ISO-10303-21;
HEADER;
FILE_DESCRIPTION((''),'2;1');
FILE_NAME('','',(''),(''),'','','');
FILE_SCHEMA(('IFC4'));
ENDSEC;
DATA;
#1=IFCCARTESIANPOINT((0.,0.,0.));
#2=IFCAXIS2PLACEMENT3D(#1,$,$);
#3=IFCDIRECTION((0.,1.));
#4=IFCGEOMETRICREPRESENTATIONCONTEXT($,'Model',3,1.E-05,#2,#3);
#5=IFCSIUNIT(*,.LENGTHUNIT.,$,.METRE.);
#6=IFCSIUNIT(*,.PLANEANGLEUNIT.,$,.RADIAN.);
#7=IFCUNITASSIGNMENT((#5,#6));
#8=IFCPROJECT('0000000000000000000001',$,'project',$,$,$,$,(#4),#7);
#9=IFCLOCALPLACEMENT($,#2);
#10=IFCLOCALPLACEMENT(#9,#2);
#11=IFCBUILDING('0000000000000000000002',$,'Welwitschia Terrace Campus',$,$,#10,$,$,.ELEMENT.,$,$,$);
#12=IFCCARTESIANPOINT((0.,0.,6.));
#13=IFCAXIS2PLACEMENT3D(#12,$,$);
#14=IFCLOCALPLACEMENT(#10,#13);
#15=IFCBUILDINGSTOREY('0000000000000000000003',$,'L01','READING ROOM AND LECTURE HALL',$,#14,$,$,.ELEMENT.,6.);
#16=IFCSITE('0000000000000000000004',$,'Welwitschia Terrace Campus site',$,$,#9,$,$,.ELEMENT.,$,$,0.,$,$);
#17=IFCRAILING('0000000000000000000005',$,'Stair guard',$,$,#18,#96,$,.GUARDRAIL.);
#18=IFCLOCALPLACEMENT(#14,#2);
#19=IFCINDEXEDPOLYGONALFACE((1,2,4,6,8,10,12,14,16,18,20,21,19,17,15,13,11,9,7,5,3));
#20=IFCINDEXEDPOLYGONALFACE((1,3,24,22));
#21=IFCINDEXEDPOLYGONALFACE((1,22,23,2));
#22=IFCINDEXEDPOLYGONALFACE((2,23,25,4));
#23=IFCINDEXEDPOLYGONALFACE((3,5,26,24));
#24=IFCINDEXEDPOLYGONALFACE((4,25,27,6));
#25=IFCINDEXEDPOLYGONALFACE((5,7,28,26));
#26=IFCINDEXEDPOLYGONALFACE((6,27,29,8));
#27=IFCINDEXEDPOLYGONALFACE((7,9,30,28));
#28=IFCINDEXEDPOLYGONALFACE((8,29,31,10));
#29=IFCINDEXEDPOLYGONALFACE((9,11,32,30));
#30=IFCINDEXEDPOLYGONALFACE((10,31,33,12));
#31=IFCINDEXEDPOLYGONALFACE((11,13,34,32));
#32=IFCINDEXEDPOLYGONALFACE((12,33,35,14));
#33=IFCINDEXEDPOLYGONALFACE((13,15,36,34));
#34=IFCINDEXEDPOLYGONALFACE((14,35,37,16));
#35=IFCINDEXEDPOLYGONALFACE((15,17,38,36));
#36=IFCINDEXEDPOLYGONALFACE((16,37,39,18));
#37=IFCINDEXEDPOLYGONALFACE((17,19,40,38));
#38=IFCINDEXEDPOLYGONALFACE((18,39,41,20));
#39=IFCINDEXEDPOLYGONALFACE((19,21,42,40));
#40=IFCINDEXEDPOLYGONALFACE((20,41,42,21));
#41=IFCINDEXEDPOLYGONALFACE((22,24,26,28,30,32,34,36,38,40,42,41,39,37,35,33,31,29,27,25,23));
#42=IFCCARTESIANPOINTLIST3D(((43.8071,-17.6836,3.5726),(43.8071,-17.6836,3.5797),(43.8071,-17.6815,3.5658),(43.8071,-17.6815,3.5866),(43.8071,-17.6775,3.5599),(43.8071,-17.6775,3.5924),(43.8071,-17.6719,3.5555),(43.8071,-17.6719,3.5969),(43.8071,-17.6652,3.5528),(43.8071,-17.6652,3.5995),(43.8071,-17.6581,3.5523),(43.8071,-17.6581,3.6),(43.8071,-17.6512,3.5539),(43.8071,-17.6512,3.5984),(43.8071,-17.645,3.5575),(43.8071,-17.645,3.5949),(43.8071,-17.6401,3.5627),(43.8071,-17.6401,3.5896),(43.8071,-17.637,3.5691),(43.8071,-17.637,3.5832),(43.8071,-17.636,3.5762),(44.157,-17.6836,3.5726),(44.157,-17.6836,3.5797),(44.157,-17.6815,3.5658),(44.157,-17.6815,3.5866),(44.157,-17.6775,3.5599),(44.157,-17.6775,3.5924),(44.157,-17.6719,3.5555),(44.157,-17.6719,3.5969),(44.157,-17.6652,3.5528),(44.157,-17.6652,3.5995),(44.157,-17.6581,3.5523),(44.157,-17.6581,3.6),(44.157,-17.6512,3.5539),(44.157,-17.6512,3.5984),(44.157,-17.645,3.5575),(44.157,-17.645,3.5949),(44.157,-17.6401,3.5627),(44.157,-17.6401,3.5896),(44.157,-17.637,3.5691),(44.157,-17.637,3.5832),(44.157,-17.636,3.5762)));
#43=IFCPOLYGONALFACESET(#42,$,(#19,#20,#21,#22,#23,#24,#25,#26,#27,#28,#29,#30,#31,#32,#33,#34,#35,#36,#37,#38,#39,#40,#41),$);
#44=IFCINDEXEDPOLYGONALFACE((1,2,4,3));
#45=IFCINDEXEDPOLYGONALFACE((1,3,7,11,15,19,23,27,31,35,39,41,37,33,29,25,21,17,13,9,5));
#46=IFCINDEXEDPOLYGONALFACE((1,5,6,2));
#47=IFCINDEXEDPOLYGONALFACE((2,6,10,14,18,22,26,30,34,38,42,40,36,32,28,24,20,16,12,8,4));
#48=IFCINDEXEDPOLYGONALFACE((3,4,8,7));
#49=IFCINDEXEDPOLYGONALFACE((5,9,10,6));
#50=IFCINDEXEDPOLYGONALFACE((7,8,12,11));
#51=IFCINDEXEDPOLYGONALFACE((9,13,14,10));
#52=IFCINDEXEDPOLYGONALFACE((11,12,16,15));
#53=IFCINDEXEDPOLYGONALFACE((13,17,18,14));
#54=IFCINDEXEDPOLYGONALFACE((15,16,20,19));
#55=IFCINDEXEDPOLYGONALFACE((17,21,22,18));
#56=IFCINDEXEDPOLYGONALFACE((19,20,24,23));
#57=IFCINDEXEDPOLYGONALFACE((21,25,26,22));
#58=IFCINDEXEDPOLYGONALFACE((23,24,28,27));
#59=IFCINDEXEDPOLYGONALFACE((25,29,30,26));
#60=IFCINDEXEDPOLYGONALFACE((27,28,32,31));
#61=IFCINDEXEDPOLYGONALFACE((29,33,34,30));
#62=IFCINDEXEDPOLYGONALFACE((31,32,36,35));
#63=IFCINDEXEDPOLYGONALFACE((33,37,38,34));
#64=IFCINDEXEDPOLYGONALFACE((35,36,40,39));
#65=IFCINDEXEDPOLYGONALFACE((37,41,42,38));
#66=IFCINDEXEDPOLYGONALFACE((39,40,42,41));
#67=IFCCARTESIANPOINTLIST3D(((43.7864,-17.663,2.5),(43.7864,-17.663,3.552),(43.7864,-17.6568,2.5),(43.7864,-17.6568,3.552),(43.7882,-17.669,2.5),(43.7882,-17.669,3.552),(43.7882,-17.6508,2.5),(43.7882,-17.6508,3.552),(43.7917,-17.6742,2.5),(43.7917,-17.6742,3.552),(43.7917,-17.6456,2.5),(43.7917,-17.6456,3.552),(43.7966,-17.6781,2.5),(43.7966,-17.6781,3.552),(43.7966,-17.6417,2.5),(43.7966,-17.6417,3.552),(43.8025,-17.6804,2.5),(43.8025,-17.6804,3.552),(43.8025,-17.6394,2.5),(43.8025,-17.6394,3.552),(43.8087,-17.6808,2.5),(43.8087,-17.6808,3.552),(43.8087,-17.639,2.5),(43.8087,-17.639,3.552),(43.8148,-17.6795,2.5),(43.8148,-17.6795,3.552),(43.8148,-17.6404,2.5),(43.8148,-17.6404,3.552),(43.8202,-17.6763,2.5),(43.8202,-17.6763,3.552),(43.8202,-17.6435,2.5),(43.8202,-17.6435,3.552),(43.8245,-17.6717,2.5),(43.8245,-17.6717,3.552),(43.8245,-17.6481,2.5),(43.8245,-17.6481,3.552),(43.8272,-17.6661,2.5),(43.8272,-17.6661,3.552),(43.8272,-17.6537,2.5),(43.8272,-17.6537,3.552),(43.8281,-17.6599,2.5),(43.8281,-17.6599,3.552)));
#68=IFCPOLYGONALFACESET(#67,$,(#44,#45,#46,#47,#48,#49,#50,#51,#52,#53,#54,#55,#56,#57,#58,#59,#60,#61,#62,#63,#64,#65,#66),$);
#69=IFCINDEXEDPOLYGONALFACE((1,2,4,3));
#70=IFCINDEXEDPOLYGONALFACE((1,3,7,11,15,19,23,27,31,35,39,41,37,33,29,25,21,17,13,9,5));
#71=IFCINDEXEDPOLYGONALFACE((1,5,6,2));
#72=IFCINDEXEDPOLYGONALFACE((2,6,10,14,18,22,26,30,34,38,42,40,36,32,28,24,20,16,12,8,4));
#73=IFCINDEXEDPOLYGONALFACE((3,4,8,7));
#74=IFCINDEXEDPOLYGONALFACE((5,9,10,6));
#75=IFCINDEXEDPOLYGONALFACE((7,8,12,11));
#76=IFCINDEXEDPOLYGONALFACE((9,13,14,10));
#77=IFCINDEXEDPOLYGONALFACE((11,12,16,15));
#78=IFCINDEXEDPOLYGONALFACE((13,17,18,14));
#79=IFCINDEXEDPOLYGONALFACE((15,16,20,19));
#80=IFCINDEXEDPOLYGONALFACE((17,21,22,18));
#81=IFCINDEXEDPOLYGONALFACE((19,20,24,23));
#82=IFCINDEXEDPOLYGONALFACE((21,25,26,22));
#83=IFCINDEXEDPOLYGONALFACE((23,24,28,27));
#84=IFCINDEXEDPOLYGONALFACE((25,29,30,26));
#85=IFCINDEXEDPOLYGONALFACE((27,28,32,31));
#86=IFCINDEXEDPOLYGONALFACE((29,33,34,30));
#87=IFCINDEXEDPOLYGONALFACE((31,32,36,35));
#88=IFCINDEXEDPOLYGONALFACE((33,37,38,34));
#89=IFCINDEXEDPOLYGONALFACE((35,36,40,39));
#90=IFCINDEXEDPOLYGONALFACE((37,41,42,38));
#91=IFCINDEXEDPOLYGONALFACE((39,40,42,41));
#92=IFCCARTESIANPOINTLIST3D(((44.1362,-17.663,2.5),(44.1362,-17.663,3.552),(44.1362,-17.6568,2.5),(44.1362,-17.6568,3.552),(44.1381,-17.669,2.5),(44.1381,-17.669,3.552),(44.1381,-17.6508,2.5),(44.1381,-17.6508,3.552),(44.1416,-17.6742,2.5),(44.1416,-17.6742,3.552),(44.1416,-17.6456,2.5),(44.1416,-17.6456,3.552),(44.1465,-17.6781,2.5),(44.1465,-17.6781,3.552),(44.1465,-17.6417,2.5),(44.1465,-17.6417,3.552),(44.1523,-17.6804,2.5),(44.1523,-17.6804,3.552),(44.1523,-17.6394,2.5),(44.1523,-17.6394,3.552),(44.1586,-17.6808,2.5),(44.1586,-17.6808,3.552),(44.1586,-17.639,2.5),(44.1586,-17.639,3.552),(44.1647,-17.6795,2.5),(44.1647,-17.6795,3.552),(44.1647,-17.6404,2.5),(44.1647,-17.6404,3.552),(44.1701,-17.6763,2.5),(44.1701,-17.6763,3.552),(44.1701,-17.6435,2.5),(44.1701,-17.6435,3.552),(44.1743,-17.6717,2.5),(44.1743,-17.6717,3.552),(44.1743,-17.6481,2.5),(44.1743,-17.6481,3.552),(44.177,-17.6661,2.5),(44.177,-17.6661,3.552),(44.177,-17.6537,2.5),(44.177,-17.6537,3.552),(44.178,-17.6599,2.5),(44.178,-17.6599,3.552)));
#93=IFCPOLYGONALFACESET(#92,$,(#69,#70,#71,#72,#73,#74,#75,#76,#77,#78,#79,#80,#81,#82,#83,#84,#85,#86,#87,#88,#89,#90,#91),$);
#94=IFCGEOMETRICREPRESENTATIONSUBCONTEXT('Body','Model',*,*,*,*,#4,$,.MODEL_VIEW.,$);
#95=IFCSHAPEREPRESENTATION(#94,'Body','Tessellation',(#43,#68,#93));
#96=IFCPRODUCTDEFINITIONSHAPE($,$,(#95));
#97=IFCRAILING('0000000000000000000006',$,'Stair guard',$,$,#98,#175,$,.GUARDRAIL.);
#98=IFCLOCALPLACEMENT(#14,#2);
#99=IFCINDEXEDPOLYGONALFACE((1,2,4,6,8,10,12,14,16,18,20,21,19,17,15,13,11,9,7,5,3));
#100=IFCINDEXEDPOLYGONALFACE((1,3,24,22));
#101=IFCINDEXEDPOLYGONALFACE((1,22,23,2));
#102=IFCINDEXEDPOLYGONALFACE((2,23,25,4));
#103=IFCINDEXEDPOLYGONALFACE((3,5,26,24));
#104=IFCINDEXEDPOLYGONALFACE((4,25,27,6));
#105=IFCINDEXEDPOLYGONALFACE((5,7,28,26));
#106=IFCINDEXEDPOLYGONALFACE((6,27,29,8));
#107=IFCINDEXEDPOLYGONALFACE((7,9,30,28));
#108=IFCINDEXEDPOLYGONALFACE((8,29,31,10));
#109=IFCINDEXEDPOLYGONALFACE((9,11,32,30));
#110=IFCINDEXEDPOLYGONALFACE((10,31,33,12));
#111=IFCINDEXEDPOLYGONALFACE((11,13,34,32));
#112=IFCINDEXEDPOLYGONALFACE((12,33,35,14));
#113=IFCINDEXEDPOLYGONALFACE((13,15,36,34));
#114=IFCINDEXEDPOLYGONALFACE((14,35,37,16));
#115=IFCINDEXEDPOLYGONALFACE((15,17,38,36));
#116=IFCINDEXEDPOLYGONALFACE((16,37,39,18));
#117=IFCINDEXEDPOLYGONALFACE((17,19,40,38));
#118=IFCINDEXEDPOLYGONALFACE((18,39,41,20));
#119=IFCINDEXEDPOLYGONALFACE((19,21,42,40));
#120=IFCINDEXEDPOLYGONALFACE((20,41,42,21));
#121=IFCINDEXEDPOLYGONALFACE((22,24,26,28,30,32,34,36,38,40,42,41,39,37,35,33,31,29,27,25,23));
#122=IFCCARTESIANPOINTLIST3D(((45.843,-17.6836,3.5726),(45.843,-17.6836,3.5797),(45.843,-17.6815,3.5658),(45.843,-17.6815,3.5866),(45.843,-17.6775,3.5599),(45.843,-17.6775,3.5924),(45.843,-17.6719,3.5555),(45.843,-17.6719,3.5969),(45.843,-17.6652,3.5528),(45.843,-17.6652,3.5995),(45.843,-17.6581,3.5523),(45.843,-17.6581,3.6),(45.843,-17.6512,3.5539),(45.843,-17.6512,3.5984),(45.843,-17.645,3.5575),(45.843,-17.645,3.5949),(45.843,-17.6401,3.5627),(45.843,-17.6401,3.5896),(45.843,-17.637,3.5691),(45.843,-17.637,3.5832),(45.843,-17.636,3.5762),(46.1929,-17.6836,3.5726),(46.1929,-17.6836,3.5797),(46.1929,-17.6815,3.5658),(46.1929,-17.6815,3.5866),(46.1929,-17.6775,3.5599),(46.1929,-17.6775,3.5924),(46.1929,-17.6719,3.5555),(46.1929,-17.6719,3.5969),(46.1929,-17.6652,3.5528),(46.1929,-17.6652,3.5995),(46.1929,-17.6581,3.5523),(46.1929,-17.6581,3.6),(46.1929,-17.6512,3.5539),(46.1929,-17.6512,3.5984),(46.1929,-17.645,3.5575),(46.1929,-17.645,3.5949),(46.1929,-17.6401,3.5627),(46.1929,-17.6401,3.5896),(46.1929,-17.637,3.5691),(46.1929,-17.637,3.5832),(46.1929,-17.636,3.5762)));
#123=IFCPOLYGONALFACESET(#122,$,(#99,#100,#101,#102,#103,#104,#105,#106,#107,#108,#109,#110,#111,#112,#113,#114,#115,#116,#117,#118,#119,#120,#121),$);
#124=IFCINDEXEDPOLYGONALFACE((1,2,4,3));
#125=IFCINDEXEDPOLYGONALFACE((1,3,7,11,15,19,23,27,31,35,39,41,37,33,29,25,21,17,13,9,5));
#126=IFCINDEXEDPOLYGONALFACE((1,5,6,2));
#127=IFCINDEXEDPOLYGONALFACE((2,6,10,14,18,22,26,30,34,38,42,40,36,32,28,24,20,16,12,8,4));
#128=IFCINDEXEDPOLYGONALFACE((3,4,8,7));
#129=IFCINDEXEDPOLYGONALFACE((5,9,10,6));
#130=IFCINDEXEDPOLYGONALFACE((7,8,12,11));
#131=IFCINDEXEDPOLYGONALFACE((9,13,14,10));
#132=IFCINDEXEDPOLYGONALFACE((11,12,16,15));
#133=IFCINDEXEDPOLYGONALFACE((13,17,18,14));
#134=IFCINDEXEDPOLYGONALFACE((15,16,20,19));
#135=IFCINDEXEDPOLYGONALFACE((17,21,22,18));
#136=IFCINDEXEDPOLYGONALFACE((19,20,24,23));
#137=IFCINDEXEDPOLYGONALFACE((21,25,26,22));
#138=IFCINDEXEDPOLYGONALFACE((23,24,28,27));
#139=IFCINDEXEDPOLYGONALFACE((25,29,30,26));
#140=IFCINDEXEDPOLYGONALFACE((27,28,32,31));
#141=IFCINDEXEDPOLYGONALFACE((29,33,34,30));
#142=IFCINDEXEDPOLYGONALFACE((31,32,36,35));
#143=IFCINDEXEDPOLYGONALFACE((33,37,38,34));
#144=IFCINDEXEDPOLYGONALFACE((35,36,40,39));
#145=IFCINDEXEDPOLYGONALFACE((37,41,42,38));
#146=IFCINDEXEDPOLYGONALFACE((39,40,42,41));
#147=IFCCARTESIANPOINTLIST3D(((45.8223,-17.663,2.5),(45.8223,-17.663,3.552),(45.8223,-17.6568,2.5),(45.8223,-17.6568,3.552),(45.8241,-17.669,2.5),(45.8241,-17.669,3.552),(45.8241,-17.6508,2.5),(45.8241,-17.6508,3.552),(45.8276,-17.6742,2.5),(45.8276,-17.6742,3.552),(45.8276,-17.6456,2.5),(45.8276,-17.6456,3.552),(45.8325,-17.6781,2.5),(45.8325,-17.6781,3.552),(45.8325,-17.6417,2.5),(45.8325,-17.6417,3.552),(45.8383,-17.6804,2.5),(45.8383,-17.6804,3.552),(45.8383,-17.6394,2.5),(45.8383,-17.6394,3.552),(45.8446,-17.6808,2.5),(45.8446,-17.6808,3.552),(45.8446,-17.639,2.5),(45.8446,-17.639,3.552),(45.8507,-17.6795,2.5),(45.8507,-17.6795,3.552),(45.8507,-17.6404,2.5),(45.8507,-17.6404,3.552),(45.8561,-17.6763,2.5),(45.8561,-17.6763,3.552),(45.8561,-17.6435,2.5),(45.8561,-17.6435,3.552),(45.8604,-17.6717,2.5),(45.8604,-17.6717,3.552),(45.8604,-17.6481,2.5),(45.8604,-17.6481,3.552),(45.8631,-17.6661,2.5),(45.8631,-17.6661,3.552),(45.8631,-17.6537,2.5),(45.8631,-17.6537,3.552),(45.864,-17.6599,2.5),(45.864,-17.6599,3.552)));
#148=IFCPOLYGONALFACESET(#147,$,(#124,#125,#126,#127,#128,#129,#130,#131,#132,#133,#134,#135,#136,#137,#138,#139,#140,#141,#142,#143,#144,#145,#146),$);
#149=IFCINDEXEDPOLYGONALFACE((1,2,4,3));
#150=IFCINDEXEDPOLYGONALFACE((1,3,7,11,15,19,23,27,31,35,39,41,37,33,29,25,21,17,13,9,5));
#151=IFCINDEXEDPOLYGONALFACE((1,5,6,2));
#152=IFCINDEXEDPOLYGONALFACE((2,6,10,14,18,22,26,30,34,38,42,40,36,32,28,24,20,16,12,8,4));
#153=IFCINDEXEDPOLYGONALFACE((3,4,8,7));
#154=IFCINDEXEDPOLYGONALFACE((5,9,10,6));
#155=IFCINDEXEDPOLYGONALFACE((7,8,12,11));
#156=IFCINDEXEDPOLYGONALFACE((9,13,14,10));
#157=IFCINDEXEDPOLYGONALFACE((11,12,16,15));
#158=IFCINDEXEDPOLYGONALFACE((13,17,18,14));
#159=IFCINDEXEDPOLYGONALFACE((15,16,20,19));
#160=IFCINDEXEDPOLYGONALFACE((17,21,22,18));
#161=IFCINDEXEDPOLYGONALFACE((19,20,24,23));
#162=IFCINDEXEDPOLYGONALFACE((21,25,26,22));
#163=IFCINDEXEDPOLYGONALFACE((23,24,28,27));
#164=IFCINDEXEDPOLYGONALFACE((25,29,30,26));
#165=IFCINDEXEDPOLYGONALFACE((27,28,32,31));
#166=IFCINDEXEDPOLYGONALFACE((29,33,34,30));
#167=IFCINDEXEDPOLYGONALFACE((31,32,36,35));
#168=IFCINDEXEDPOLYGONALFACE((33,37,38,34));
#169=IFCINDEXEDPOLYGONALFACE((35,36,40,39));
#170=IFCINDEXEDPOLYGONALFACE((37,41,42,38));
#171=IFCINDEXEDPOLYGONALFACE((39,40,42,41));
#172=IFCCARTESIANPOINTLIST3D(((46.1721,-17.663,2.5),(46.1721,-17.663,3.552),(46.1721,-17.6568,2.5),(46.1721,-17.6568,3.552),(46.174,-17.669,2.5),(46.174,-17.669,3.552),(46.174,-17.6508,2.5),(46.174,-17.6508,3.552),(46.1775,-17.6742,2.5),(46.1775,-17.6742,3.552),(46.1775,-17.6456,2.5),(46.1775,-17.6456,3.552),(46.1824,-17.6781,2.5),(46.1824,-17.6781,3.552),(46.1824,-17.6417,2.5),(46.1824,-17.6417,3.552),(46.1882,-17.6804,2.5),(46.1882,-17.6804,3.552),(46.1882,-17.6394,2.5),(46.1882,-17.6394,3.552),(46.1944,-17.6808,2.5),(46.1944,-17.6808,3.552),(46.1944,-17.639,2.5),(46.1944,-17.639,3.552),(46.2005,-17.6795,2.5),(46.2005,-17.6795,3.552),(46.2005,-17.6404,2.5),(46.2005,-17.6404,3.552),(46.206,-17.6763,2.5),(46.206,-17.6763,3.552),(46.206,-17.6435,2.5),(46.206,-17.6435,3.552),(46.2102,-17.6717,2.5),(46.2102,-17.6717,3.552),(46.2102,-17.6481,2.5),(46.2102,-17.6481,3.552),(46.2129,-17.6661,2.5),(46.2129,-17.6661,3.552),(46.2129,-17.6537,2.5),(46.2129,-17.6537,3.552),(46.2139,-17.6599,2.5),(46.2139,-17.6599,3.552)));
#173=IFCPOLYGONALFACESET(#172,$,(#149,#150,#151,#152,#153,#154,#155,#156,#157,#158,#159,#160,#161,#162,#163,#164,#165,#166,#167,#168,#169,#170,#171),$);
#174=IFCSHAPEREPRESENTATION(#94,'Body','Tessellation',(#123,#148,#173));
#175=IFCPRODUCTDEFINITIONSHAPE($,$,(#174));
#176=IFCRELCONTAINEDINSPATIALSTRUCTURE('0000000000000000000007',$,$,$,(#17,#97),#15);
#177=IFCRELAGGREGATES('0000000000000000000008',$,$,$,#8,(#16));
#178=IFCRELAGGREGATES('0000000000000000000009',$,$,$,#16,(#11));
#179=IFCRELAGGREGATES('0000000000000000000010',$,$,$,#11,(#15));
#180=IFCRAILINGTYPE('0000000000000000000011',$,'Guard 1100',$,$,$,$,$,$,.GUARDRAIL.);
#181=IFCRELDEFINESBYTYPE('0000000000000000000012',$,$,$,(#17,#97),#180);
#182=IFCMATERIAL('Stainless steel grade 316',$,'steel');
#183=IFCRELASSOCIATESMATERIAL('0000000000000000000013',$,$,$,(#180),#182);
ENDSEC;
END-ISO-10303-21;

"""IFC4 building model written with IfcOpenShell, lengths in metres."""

from ifc_helpers import new_model, si_unit, direction, frame, origin, origin_2d, place, context, subcontext, project, spatial, circle, extrude, material, type_object, element, save


model = new_model("IFC4")

# Units and contexts
model_context = context("Model", 3, precision=1e-05, world=origin(), true_north=direction((0.0, 1.0)))
body_context = subcontext(model_context, "Body", "Model", "MODEL_VIEW")
ifc_project = project(units=[si_unit("LENGTHUNIT", "METRE"), si_unit("PLANEANGLEUNIT", "RADIAN")], contexts=[model_context])

# Site, building, storey
site_placement = place(None, origin())
site = spatial("IfcSite", under=ifc_project, at=site_placement, Name="Welwitschia Terrace Campus site", CompositionType="ELEMENT", RefElevation=0.0)
building_placement = place(site_placement, origin())
building = spatial("IfcBuilding", under=site, at=building_placement, Name="Welwitschia Terrace Campus", CompositionType="ELEMENT")
storey_placement = place(building_placement, frame((0.0, 0.0, 6.0)))
storey = spatial("IfcBuildingStorey", under=building, at=storey_placement, Name="L01", Description="READING ROOM AND LECTURE HALL", CompositionType="ELEMENT", Elevation=6.0)

# Railings
ifc_material_1 = material(Name="Stainless steel grade 316", Category="steel")
railing_type_1 = type_object("IfcRailingType", Name="Guard 1100", PredefinedType="GUARDRAIL", material=ifc_material_1)
for number, where, name in (
    (1, (43.8071, -17.6599, 2.5), "Stair guard"),
    (2, (45.843, -17.6599, 2.5), "Stair guard"),
):
    element("IfcRailing", number, at=place(storey_placement, frame(where)), inside=storey, type_object=railing_type_1, Name=name, PredefinedType="GUARDRAIL", context=body_context, shape_type="SweptSolid", body=[
        extrude(circle(Radius=0.0239, at=origin_2d()), frame((0.0, 0.0, 1.0762), z_axis=(1.0, 0.0, 0.0), x_axis=(0.0, 1.0, 0.0)), (0.0, 0.0, 1.0), 0.3499),
        extrude(circle(Radius=0.021, at=origin_2d()), origin(), (0.0, 0.0, 1.0), 1.052),
        extrude(circle(Radius=0.021, at=origin_2d()), frame((0.3499, 0.0, 0.0)), (0.0, 0.0, 1.0), 1.052),
    ])

save(model, "model.ifc")
